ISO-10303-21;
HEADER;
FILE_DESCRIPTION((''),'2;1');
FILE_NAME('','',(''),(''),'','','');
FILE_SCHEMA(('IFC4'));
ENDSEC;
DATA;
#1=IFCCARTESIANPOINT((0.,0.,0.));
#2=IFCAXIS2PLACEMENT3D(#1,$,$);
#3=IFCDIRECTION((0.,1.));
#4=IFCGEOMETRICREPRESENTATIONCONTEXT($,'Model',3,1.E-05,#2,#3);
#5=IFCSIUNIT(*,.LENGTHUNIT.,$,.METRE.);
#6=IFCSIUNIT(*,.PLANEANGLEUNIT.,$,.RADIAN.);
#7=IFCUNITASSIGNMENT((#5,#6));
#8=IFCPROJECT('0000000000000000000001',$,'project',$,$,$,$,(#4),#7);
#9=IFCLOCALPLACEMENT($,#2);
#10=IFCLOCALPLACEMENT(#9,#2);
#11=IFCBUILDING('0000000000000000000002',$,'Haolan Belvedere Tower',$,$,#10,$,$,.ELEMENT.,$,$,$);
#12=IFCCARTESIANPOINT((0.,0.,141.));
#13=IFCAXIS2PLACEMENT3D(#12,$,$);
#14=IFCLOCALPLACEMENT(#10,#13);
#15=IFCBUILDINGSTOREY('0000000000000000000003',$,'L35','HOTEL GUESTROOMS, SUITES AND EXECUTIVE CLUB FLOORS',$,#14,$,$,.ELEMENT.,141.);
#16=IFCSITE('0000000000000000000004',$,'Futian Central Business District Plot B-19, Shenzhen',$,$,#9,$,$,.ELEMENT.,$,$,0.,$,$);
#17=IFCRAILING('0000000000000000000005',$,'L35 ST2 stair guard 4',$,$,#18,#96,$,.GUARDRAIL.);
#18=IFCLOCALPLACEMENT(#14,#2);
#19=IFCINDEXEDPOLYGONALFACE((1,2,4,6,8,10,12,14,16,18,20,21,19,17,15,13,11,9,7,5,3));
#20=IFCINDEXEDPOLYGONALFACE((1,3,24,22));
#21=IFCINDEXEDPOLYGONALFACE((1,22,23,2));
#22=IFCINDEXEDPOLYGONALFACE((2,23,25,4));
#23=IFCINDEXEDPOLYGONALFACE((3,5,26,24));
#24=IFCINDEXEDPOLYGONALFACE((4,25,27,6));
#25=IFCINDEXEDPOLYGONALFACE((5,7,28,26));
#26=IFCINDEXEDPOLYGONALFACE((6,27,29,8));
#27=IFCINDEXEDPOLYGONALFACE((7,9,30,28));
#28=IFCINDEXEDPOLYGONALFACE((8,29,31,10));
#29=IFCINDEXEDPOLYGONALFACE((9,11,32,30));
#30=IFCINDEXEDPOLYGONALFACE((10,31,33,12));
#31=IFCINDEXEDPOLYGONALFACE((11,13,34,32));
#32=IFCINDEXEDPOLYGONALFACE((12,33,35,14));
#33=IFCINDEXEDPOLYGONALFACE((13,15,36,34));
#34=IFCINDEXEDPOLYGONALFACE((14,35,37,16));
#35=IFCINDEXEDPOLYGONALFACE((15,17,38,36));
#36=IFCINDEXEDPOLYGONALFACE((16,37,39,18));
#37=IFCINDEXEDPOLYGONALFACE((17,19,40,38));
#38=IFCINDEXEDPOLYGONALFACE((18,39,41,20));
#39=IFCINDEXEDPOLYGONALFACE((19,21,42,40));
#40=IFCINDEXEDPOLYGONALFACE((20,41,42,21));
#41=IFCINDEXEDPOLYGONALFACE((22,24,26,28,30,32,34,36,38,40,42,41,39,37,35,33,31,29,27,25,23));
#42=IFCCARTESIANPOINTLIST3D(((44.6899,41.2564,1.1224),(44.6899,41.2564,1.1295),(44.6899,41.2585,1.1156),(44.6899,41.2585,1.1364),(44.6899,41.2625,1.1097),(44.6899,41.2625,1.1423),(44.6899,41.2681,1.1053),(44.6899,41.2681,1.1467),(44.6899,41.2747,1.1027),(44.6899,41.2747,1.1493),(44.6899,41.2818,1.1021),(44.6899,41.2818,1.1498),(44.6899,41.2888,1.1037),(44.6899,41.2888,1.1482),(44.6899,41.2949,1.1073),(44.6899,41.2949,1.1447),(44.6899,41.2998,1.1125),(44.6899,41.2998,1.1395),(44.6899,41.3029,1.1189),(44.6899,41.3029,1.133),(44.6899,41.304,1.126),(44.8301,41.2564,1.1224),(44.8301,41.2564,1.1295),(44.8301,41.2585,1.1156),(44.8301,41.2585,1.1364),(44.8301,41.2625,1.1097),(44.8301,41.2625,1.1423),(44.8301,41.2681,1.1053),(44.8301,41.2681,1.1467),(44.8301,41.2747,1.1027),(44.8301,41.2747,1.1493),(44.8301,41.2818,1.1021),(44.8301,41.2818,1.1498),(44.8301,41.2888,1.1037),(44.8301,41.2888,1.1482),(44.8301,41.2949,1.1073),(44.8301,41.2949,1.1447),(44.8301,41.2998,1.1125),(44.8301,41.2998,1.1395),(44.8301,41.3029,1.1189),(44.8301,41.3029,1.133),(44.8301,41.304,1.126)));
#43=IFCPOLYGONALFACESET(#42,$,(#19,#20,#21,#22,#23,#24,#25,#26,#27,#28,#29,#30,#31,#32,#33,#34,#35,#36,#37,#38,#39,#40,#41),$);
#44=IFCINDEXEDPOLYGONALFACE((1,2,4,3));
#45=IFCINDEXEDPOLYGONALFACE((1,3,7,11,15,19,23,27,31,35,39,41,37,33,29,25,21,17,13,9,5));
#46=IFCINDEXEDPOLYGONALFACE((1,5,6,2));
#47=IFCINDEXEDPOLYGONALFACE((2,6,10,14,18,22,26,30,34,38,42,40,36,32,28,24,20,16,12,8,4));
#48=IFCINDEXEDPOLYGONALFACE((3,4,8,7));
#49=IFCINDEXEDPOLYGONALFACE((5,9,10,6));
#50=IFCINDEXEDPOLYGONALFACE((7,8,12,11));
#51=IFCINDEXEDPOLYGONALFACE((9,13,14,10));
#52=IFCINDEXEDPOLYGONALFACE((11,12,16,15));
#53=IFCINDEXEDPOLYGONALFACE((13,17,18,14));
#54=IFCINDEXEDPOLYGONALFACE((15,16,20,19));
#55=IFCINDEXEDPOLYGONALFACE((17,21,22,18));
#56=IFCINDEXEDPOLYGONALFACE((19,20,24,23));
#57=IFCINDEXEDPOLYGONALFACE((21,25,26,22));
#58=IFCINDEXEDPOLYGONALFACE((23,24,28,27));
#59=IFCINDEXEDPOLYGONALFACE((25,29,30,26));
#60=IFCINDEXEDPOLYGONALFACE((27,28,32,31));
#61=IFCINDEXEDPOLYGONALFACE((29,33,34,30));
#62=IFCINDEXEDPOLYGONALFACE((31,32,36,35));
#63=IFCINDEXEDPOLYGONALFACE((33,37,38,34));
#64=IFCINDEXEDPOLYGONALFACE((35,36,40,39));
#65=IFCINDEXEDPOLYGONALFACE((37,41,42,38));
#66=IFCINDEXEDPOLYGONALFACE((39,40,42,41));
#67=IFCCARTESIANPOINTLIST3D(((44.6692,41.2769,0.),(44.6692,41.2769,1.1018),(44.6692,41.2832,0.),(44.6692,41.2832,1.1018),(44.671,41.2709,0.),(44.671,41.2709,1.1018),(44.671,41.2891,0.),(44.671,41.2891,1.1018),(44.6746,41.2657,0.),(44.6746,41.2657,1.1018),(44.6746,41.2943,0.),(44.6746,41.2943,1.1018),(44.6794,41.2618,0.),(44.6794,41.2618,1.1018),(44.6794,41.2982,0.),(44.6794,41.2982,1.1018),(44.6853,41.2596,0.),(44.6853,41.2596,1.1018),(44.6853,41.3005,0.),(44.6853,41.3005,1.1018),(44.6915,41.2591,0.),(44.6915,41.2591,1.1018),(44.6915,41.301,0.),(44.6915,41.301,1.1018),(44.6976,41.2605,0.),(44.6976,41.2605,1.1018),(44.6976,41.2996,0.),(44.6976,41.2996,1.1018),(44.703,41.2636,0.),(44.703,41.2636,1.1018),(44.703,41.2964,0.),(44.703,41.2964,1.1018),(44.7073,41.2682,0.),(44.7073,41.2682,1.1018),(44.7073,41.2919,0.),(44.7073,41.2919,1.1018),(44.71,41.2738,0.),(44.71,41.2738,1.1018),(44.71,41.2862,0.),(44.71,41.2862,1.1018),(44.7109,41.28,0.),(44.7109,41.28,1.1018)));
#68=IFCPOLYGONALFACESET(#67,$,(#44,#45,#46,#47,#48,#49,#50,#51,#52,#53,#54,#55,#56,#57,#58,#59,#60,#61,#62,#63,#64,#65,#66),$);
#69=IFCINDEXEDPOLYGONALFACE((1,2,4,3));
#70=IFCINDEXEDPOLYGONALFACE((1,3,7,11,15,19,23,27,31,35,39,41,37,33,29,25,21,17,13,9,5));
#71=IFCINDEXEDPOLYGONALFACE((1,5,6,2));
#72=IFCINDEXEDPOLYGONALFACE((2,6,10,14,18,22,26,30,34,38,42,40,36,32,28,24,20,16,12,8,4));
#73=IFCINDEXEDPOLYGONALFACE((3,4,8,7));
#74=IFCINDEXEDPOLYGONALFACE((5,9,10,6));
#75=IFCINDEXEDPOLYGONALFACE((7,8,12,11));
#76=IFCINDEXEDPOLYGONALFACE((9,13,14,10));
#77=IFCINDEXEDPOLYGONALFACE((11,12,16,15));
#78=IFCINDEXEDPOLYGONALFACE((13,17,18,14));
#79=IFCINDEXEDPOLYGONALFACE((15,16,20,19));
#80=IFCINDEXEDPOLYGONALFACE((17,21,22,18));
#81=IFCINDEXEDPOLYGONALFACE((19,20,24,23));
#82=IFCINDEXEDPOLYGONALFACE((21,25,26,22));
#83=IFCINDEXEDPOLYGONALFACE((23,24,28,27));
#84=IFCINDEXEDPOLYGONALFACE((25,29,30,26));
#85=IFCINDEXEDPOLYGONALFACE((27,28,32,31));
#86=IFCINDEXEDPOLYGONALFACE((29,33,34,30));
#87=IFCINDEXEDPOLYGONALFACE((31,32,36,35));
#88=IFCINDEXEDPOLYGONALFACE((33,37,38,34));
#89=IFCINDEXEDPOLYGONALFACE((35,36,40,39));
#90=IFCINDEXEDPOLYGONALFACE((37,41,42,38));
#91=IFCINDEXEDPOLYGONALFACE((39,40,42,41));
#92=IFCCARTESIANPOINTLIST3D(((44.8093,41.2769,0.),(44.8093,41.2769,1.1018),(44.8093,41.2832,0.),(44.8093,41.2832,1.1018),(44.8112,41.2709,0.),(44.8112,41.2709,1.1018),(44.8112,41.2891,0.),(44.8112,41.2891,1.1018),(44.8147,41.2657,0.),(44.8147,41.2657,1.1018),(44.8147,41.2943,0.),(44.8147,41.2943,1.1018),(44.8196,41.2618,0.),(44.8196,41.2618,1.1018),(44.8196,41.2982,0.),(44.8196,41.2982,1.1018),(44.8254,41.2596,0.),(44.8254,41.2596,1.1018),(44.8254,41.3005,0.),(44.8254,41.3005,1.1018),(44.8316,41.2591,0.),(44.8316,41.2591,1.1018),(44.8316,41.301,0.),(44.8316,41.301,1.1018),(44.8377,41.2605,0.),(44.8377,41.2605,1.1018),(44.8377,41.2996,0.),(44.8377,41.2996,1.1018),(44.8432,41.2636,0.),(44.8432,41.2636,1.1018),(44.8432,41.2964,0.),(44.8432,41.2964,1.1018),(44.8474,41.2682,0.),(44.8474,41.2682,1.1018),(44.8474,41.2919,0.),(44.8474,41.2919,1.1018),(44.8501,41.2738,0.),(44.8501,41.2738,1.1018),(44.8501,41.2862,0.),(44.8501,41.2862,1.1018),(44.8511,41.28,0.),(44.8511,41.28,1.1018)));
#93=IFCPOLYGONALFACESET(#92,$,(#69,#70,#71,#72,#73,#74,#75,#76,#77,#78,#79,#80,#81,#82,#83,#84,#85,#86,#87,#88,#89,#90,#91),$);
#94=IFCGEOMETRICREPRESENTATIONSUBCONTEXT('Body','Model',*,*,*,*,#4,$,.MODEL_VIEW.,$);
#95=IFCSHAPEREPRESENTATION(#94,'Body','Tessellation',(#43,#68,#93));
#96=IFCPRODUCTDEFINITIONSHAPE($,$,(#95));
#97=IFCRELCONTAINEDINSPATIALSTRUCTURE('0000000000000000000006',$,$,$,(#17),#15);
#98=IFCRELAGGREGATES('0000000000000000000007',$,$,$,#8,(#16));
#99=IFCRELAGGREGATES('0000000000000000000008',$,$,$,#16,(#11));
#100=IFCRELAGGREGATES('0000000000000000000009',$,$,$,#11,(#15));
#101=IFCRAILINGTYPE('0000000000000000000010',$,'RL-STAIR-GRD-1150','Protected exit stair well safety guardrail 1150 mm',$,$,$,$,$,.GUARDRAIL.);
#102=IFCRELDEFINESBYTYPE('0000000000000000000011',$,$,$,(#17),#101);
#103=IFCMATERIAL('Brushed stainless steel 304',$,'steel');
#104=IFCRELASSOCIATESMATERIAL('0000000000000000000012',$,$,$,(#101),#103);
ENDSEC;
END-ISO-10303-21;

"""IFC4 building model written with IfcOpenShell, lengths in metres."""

from ifc_helpers import new_model, si_unit, direction, frame, origin, origin_2d, place, context, subcontext, project, spatial, circle, extrude, material, type_object, element, save


model = new_model("IFC4")

# Units and contexts
model_context = context("Model", 3, precision=1e-05, world=origin(), true_north=direction((0.0, 1.0)))
body_context = subcontext(model_context, "Body", "Model", "MODEL_VIEW")
ifc_project = project(units=[si_unit("LENGTHUNIT", "METRE"), si_unit("PLANEANGLEUNIT", "RADIAN")], contexts=[model_context])

# Site, building, storey
site_placement = place(None, origin())
site = spatial("IfcSite", under=ifc_project, at=site_placement, Name="Futian Central Business District Plot B-19, Shenzhen", CompositionType="ELEMENT", RefElevation=0.0)
building_placement = place(site_placement, origin())
building = spatial("IfcBuilding", under=site, at=building_placement, Name="Haolan Belvedere Tower", CompositionType="ELEMENT")
storey_placement = place(building_placement, frame((0.0, 0.0, 141.0)))
storey = spatial("IfcBuildingStorey", under=building, at=storey_placement, Name="L35", Description="HOTEL GUESTROOMS, SUITES AND EXECUTIVE CLUB FLOORS", CompositionType="ELEMENT", Elevation=141.0)

# Railing
ifc_material_1 = material(Name="Brushed stainless steel 304", Category="steel")
railing_type_1 = type_object("IfcRailingType", Name="RL-STAIR-GRD-1150", Description="Protected exit stair well safety guardrail 1150 mm", PredefinedType="GUARDRAIL", material=ifc_material_1)
railing_1_placement = place(storey_placement, frame((44.6899, 41.28, 0.0)))
element("IfcRailing", 1, at=railing_1_placement, inside=storey, type_object=railing_type_1, Name="L35 ST2 stair guard 4", PredefinedType="GUARDRAIL", context=body_context, shape_type="SweptSolid", body=[
    extrude(circle(Radius=0.0239, at=origin_2d()), frame((0.0, 0.0, 1.126), z_axis=(1.0, 0.0, 0.0), x_axis=(0.0, 1.0, 0.0)), (0.0, 0.0, 1.0), 0.1401),
    extrude(circle(Radius=0.021, at=origin_2d()), origin(), (0.0, 0.0, 1.0), 1.1018),
    extrude(circle(Radius=0.021, at=origin_2d()), frame((0.1401, 0.0, 0.0)), (0.0, 0.0, 1.0), 1.1018),
])

save(model, "model.ifc")
